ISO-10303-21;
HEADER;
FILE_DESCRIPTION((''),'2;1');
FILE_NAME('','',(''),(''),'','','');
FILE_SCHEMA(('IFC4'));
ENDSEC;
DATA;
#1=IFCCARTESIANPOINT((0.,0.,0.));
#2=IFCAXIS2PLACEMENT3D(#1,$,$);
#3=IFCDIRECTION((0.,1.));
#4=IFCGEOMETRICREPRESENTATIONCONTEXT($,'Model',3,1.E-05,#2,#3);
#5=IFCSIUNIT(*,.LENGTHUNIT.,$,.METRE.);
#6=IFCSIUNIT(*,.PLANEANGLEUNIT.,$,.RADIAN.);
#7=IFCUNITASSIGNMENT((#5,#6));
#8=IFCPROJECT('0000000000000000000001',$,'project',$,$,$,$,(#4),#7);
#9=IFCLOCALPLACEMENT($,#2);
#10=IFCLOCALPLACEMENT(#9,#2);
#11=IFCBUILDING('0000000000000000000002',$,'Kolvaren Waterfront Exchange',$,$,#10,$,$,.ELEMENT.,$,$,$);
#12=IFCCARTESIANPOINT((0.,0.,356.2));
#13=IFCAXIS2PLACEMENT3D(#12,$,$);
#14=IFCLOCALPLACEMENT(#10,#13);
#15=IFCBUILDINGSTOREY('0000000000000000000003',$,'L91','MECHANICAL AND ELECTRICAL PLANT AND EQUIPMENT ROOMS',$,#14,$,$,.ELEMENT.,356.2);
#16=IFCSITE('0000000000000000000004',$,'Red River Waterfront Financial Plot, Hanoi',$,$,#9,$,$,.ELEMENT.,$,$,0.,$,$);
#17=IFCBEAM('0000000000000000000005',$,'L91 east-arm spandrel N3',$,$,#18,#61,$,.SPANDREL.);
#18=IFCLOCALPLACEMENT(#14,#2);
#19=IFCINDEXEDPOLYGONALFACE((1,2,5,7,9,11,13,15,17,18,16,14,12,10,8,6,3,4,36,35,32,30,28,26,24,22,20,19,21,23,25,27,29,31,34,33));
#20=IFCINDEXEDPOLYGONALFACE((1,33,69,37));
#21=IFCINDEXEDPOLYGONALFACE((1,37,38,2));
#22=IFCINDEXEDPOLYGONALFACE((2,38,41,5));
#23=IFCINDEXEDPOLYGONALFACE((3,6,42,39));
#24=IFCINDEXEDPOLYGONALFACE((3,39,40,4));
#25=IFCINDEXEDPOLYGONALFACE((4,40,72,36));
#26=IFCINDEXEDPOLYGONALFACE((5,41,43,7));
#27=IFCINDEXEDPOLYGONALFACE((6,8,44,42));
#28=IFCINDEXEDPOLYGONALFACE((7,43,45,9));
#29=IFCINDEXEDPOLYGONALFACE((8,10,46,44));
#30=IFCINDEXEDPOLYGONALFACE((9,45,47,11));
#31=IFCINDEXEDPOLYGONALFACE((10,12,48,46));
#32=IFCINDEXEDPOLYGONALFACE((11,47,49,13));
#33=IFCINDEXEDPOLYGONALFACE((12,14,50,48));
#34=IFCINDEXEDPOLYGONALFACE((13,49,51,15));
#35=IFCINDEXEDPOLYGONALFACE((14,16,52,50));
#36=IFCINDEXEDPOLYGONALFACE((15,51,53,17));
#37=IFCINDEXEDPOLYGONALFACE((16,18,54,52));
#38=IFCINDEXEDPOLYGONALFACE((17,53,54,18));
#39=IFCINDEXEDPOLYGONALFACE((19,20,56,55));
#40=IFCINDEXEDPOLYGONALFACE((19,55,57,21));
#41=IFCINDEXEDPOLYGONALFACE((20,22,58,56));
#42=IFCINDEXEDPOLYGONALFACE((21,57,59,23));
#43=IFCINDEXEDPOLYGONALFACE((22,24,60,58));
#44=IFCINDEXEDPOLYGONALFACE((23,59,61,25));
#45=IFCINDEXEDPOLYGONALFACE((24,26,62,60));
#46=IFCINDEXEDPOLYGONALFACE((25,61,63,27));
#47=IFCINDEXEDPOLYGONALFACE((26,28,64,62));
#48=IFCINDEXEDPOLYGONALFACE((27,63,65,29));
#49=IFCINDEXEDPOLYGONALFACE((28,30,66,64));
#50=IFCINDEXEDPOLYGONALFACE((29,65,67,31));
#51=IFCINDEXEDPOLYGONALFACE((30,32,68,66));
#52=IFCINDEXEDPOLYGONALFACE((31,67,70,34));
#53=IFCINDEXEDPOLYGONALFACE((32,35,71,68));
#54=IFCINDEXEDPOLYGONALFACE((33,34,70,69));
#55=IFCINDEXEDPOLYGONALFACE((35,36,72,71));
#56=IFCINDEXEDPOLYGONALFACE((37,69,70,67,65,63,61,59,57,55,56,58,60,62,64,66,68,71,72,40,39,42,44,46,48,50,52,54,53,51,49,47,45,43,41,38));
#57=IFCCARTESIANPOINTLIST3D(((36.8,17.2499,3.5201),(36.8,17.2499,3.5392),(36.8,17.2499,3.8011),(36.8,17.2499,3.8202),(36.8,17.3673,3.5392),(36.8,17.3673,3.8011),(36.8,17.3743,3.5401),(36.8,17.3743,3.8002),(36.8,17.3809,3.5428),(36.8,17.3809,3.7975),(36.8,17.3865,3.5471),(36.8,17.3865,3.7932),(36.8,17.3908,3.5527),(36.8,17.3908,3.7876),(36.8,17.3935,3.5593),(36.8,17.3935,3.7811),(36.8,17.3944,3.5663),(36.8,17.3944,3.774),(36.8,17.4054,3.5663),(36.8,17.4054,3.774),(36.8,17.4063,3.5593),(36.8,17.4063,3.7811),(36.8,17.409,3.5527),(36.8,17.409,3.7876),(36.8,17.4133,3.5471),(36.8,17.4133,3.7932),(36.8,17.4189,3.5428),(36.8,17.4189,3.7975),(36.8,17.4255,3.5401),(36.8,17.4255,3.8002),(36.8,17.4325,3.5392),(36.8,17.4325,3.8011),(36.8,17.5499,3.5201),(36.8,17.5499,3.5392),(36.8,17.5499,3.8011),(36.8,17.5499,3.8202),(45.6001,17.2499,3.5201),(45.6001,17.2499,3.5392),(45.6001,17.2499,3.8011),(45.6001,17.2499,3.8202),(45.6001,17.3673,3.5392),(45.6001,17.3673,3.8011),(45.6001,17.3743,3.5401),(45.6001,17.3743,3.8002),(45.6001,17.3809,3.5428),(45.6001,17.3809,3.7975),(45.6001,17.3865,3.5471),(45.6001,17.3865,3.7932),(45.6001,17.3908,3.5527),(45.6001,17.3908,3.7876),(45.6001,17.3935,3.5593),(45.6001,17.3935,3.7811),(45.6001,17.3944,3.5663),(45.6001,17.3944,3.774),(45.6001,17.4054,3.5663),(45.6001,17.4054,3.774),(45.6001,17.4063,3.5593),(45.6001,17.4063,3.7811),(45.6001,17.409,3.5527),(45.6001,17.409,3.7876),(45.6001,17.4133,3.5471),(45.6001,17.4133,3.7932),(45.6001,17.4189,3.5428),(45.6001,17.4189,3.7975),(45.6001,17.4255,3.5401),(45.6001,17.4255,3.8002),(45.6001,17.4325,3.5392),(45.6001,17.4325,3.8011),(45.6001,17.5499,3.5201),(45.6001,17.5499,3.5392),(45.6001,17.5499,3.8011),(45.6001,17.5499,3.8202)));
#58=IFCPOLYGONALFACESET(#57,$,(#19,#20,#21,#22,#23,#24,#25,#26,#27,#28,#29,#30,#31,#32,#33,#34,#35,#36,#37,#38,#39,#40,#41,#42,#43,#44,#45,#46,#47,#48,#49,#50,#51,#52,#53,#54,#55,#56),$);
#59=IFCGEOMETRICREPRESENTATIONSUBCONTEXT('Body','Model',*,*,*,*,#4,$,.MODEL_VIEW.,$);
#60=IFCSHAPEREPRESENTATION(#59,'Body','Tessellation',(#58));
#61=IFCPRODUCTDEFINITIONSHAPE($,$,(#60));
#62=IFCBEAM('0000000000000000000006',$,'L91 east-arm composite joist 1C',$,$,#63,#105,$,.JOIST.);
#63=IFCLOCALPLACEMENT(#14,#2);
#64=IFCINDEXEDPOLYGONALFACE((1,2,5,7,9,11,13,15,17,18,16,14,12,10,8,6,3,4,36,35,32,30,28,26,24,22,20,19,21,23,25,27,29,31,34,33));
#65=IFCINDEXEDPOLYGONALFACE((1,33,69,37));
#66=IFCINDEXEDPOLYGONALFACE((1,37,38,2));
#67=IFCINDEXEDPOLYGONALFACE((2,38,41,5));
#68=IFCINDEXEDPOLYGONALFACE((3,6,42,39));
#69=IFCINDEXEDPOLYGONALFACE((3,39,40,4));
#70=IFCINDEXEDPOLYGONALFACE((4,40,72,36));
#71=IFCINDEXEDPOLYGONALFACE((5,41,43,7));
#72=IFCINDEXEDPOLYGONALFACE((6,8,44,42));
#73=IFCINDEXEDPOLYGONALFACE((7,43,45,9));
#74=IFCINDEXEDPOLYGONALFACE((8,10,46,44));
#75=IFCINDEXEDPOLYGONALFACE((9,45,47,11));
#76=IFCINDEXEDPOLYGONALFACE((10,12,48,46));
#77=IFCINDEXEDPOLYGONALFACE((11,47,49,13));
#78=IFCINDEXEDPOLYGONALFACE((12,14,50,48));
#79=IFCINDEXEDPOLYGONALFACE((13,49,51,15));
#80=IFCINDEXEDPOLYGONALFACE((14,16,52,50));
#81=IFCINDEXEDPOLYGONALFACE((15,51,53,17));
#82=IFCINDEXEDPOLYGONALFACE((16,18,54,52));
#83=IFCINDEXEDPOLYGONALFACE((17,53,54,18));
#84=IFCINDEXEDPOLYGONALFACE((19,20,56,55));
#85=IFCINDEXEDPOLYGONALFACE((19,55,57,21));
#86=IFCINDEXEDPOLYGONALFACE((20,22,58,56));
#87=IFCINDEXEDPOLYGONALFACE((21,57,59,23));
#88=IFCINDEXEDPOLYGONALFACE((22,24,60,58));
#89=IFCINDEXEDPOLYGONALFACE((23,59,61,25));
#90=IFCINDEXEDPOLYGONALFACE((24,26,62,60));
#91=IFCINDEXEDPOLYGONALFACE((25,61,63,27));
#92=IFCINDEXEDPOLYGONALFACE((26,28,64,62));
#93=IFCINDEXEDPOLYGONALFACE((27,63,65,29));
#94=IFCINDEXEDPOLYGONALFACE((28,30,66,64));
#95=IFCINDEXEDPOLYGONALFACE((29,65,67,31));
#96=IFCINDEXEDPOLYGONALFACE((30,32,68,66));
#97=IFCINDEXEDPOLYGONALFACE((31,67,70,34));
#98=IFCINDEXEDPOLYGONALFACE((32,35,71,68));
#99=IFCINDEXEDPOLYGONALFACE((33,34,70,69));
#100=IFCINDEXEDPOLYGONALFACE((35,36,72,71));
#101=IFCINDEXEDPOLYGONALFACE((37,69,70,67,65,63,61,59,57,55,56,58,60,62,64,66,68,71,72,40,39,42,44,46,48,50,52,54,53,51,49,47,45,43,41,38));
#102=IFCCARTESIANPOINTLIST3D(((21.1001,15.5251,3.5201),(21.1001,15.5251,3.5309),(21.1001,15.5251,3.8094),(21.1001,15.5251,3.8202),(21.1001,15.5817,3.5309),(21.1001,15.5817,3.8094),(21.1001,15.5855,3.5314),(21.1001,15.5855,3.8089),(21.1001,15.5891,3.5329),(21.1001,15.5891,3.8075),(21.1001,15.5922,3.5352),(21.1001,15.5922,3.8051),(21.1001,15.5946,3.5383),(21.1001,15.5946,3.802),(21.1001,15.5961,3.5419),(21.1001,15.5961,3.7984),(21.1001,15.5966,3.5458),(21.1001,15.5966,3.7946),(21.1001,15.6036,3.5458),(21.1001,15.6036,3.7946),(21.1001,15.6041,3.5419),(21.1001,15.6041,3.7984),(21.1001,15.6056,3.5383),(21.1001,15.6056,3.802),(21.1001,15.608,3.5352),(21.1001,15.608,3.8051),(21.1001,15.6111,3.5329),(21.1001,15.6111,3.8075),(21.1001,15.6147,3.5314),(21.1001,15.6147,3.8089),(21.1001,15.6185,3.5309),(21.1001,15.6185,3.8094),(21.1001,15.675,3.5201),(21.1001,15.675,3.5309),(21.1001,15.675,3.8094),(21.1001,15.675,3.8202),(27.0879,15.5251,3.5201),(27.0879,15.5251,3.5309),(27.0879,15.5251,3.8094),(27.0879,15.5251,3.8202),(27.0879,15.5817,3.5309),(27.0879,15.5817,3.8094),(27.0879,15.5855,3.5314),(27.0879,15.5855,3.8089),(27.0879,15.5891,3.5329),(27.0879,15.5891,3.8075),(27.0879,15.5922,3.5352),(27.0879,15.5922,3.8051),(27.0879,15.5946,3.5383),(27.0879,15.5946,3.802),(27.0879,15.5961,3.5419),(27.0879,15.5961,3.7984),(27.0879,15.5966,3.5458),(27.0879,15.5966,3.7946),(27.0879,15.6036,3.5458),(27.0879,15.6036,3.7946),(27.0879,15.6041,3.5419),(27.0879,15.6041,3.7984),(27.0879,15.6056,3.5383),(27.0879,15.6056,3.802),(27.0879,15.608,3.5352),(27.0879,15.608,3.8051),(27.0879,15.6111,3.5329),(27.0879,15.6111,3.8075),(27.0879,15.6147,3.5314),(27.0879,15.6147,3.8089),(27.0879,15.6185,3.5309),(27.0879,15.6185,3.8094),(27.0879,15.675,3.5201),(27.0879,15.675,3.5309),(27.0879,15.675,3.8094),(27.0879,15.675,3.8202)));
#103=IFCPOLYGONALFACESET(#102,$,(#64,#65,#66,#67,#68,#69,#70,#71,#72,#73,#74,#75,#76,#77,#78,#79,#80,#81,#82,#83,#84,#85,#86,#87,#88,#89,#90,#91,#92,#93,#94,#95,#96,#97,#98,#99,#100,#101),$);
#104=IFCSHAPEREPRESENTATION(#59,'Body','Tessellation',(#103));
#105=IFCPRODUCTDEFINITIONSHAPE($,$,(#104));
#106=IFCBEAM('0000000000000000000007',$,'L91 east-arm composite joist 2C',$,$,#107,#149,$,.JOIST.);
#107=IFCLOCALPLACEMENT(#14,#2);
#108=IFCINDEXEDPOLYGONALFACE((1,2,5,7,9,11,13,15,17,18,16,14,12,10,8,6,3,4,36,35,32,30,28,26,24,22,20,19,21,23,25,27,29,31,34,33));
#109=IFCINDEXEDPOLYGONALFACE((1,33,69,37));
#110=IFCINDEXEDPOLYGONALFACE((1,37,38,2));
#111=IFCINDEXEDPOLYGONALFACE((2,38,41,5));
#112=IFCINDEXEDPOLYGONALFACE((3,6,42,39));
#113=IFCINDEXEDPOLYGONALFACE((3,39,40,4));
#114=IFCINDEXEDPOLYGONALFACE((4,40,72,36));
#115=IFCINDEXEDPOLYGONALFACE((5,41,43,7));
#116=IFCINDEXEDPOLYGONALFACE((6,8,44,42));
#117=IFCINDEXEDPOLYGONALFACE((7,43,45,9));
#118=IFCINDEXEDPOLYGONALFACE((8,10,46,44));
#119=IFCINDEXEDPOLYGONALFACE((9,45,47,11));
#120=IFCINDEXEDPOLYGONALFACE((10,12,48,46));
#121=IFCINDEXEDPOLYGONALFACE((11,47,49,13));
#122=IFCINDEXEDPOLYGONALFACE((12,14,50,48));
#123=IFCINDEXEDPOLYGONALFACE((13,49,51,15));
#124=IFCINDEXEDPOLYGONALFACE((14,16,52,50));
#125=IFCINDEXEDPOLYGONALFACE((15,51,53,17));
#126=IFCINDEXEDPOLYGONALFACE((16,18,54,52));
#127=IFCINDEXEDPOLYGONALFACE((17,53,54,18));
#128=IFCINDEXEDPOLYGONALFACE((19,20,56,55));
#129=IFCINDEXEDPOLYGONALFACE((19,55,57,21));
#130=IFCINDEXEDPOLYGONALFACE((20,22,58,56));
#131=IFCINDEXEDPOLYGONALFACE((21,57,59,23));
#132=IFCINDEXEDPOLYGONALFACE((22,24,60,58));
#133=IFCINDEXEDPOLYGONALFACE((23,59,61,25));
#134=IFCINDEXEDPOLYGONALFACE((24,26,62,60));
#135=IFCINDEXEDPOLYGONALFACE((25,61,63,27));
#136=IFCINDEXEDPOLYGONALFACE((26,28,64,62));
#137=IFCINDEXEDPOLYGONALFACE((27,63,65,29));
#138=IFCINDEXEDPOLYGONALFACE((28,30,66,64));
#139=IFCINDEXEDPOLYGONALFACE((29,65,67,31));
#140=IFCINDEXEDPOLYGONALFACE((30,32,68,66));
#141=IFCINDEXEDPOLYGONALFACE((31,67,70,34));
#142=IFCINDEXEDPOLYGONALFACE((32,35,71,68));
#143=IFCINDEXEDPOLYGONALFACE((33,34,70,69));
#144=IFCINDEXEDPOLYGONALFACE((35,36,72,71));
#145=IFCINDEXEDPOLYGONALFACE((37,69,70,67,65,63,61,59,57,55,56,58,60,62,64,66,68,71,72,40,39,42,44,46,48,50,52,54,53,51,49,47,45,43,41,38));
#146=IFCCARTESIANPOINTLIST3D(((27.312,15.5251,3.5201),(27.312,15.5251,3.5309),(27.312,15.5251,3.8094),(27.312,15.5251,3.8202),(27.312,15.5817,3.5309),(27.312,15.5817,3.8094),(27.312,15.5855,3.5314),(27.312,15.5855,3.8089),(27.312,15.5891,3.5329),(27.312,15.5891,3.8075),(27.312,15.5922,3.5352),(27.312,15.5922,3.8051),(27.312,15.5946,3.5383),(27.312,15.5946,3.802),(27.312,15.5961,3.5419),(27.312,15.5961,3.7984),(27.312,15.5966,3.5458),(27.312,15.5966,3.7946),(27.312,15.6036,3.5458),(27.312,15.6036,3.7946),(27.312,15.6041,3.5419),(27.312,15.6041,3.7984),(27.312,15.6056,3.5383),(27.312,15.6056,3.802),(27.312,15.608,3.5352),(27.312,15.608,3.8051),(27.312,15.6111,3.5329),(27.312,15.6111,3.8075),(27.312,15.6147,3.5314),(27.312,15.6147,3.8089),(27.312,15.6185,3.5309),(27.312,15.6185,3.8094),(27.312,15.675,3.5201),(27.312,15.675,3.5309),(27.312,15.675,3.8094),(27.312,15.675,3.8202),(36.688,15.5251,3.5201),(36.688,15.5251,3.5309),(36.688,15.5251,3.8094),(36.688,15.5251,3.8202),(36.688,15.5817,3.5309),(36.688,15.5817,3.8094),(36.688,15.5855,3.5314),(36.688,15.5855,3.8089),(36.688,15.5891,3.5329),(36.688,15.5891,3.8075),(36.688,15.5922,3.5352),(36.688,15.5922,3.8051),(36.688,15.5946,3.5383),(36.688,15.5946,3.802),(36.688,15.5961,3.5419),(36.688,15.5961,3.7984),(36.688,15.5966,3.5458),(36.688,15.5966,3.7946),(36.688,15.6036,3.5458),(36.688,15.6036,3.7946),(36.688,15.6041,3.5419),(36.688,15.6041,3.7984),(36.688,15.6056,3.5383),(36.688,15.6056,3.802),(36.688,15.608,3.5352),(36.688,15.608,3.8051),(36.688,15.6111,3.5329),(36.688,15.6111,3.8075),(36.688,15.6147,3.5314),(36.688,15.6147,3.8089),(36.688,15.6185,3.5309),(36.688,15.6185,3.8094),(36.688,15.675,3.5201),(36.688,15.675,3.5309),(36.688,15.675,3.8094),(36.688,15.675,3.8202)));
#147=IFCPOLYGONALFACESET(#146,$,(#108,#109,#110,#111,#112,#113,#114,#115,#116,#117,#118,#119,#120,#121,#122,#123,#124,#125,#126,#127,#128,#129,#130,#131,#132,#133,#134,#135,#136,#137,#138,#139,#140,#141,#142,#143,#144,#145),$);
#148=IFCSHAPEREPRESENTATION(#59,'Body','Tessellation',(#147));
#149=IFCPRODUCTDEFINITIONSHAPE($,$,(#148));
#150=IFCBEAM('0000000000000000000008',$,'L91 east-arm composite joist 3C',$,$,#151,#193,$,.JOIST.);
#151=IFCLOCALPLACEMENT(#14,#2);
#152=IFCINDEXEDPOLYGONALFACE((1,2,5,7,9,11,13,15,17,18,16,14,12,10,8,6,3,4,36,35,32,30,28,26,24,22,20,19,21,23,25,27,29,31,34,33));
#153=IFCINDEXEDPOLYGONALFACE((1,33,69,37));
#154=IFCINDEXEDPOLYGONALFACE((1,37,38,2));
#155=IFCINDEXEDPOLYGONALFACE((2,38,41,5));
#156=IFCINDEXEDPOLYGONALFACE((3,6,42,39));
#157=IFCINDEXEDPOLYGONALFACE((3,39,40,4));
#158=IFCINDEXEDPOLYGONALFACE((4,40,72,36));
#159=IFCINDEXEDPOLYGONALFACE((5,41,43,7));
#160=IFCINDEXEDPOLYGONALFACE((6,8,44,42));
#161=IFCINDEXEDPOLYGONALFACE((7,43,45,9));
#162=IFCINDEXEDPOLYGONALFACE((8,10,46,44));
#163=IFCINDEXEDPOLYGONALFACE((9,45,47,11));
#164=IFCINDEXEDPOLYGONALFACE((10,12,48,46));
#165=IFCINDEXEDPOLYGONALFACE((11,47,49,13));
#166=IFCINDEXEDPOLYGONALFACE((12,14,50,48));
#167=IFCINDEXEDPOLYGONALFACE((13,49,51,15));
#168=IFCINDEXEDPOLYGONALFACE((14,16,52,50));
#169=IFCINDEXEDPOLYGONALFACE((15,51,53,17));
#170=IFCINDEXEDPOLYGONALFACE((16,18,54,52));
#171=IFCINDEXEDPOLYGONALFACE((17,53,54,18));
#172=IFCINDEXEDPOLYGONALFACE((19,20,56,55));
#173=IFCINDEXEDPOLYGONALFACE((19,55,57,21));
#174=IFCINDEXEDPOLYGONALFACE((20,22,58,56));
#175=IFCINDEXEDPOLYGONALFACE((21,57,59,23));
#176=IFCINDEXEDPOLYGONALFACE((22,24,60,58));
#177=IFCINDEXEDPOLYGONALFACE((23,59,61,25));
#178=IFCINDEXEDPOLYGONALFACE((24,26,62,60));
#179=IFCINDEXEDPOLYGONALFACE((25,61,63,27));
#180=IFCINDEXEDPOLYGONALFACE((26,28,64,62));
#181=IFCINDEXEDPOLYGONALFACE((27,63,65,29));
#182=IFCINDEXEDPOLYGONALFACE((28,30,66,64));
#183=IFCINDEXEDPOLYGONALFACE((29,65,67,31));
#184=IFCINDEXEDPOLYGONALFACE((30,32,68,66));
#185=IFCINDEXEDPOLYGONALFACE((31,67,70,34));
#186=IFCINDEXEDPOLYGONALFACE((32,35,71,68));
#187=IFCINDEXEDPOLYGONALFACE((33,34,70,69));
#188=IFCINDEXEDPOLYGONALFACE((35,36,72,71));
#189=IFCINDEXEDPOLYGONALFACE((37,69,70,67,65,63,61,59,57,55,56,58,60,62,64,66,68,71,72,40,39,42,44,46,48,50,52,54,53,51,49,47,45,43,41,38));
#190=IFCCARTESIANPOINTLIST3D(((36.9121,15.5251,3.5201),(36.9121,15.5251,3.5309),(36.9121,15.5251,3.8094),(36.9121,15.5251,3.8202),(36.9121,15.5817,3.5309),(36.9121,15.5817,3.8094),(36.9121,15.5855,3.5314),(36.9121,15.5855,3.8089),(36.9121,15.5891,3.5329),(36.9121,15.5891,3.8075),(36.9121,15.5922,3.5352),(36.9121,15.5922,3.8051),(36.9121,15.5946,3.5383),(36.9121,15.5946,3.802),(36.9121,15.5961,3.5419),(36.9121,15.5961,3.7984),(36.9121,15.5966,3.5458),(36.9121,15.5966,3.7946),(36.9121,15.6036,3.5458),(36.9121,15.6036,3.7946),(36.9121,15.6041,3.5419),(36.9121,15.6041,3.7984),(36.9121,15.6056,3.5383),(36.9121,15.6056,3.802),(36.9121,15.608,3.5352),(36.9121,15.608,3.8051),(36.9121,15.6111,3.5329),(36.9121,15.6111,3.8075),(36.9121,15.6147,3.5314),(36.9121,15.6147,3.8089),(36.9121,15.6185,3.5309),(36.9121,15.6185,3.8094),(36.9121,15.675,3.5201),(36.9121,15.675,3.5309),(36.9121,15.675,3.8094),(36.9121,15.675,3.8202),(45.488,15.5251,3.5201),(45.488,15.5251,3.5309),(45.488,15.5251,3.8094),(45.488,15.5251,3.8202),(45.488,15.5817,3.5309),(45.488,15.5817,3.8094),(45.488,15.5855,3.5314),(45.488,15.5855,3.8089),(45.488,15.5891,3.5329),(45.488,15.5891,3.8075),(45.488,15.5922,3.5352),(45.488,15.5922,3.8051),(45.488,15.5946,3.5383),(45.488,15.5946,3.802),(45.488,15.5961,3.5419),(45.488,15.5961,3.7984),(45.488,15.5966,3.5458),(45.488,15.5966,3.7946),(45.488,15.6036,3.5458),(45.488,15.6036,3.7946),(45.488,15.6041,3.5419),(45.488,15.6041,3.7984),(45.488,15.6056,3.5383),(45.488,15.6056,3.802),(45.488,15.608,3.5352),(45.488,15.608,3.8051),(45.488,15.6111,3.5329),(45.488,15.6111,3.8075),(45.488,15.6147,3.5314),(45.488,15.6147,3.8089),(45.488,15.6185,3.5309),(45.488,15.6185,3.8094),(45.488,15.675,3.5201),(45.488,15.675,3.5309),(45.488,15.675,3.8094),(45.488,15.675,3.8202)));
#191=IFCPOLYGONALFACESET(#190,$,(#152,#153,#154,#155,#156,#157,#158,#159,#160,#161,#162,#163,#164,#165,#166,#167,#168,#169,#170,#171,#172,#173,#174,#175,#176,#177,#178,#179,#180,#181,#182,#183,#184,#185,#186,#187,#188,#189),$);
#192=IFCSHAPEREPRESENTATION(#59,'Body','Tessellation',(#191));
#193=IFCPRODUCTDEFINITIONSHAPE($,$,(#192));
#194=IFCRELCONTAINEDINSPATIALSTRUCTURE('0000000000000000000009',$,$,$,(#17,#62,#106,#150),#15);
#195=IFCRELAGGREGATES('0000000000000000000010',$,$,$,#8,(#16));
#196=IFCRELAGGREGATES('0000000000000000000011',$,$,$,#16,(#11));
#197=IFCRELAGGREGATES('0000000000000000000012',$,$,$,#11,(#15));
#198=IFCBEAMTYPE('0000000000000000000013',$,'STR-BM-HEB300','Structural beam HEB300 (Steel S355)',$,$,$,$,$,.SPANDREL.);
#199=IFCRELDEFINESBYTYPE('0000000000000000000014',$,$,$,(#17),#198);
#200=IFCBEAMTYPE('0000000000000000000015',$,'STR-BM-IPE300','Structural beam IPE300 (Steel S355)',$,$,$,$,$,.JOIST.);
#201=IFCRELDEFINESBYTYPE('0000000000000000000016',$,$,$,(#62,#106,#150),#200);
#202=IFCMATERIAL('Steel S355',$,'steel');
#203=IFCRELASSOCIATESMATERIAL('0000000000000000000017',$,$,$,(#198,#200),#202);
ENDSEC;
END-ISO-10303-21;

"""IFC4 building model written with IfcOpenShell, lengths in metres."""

from ifc_helpers import new_model, si_unit, direction, frame, origin, origin_2d, place, context, subcontext, project, spatial, i_section, extrude, material, material_profile, profile_set, type_object, element, save


model = new_model("IFC4")

# Units and contexts
model_context = context("Model", 3, precision=1e-05, world=origin(), true_north=direction((0.0, 1.0)))
body_context = subcontext(model_context, "Body", "Model", "MODEL_VIEW")
ifc_project = project(units=[si_unit("LENGTHUNIT", "METRE"), si_unit("PLANEANGLEUNIT", "RADIAN")], contexts=[model_context])

# Site, building, storey
site_placement = place(None, origin())
site = spatial("IfcSite", under=ifc_project, at=site_placement, Name="Red River Waterfront Financial Plot, Hanoi", CompositionType="ELEMENT", RefElevation=0.0)
building_placement = place(site_placement, origin())
building = spatial("IfcBuilding", under=site, at=building_placement, Name="Kolvaren Waterfront Exchange", CompositionType="ELEMENT")
storey_placement = place(building_placement, frame((0.0, 0.0, 356.2)))
storey = spatial("IfcBuildingStorey", under=building, at=storey_placement, Name="L91", Description="MECHANICAL AND ELECTRICAL PLANT AND EQUIPMENT ROOMS", CompositionType="ELEMENT", Elevation=356.2)

# Beams
ifc_material_1 = material(Name="Steel S355", Category="steel")
ifc_material_profile_1 = material_profile(ifc_material_1, i_section(OverallWidth=0.3, OverallDepth=0.3, WebThickness=0.011, FlangeThickness=0.019, FilletRadius=0.0271, at=origin_2d()), Name="HEB300")
ifc_profile_set_1 = profile_set([ifc_material_profile_1], Name="Steel S355")
beam_type_1 = type_object("IfcBeamType", Name="STR-BM-HEB300", Description="Structural beam HEB300 (Steel S355)", PredefinedType="SPANDREL", material=ifc_profile_set_1)
beam_1_placement = place(storey_placement, frame((36.8, 17.3999, 3.6702), z_axis=(1.0, 0.0, 0.0), x_axis=(0.0, 1.0, 0.0)))
element("IfcBeam", 1, at=beam_1_placement, inside=storey, type_object=beam_type_1, Name="L91 east-arm spandrel N3", PredefinedType="SPANDREL", context=body_context, shape_type="SweptSolid", body=[
    extrude(i_section(OverallWidth=0.3, OverallDepth=0.3, WebThickness=0.011, FlangeThickness=0.019, FilletRadius=0.0271, at=origin_2d()), origin(), (0.0, 0.0, 1.0), 8.8),
])
ifc_material_profile_2 = material_profile(ifc_material_1, i_section(OverallWidth=0.1499, OverallDepth=0.3, WebThickness=0.0071, FlangeThickness=0.0107, FilletRadius=0.0149, at=origin_2d()), Name="IPE300")
ifc_profile_set_2 = profile_set([ifc_material_profile_2], Name="Steel S355")
beam_type_2 = type_object("IfcBeamType", Name="STR-BM-IPE300", Description="Structural beam IPE300 (Steel S355)", PredefinedType="JOIST", material=ifc_profile_set_2)
beam_2_placement = place(storey_placement, frame((21.1001, 15.6001, 3.6702), z_axis=(1.0, 0.0, 0.0), x_axis=(0.0, 1.0, 0.0)))
element("IfcBeam", 2, at=beam_2_placement, inside=storey, type_object=beam_type_2, Name="L91 east-arm composite joist 1C", PredefinedType="JOIST", context=body_context, shape_type="SweptSolid", body=[
    extrude(i_section(OverallWidth=0.1499, OverallDepth=0.3, WebThickness=0.0071, FlangeThickness=0.0107, FilletRadius=0.0149, at=origin_2d()), origin(), (0.0, 0.0, 1.0), 5.9878),
])
beam_3_placement = place(storey_placement, frame((27.312, 15.6001, 3.6702), z_axis=(1.0, 0.0, 0.0), x_axis=(0.0, 1.0, 0.0)))
element("IfcBeam", 3, at=beam_3_placement, inside=storey, type_object=beam_type_2, Name="L91 east-arm composite joist 2C", PredefinedType="JOIST", context=body_context, shape_type="SweptSolid", body=[
    extrude(i_section(OverallWidth=0.1499, OverallDepth=0.3, WebThickness=0.0071, FlangeThickness=0.0107, FilletRadius=0.0149, at=origin_2d()), origin(), (0.0, 0.0, 1.0), 9.376),
])
beam_4_placement = place(storey_placement, frame((36.9121, 15.6001, 3.6702), z_axis=(1.0, 0.0, 0.0), x_axis=(0.0, 1.0, 0.0)))
element("IfcBeam", 4, at=beam_4_placement, inside=storey, type_object=beam_type_2, Name="L91 east-arm composite joist 3C", PredefinedType="JOIST", context=body_context, shape_type="SweptSolid", body=[
    extrude(i_section(OverallWidth=0.1499, OverallDepth=0.3, WebThickness=0.0071, FlangeThickness=0.0107, FilletRadius=0.0149, at=origin_2d()), origin(), (0.0, 0.0, 1.0), 8.5759),
])

save(model, "model.ifc")
